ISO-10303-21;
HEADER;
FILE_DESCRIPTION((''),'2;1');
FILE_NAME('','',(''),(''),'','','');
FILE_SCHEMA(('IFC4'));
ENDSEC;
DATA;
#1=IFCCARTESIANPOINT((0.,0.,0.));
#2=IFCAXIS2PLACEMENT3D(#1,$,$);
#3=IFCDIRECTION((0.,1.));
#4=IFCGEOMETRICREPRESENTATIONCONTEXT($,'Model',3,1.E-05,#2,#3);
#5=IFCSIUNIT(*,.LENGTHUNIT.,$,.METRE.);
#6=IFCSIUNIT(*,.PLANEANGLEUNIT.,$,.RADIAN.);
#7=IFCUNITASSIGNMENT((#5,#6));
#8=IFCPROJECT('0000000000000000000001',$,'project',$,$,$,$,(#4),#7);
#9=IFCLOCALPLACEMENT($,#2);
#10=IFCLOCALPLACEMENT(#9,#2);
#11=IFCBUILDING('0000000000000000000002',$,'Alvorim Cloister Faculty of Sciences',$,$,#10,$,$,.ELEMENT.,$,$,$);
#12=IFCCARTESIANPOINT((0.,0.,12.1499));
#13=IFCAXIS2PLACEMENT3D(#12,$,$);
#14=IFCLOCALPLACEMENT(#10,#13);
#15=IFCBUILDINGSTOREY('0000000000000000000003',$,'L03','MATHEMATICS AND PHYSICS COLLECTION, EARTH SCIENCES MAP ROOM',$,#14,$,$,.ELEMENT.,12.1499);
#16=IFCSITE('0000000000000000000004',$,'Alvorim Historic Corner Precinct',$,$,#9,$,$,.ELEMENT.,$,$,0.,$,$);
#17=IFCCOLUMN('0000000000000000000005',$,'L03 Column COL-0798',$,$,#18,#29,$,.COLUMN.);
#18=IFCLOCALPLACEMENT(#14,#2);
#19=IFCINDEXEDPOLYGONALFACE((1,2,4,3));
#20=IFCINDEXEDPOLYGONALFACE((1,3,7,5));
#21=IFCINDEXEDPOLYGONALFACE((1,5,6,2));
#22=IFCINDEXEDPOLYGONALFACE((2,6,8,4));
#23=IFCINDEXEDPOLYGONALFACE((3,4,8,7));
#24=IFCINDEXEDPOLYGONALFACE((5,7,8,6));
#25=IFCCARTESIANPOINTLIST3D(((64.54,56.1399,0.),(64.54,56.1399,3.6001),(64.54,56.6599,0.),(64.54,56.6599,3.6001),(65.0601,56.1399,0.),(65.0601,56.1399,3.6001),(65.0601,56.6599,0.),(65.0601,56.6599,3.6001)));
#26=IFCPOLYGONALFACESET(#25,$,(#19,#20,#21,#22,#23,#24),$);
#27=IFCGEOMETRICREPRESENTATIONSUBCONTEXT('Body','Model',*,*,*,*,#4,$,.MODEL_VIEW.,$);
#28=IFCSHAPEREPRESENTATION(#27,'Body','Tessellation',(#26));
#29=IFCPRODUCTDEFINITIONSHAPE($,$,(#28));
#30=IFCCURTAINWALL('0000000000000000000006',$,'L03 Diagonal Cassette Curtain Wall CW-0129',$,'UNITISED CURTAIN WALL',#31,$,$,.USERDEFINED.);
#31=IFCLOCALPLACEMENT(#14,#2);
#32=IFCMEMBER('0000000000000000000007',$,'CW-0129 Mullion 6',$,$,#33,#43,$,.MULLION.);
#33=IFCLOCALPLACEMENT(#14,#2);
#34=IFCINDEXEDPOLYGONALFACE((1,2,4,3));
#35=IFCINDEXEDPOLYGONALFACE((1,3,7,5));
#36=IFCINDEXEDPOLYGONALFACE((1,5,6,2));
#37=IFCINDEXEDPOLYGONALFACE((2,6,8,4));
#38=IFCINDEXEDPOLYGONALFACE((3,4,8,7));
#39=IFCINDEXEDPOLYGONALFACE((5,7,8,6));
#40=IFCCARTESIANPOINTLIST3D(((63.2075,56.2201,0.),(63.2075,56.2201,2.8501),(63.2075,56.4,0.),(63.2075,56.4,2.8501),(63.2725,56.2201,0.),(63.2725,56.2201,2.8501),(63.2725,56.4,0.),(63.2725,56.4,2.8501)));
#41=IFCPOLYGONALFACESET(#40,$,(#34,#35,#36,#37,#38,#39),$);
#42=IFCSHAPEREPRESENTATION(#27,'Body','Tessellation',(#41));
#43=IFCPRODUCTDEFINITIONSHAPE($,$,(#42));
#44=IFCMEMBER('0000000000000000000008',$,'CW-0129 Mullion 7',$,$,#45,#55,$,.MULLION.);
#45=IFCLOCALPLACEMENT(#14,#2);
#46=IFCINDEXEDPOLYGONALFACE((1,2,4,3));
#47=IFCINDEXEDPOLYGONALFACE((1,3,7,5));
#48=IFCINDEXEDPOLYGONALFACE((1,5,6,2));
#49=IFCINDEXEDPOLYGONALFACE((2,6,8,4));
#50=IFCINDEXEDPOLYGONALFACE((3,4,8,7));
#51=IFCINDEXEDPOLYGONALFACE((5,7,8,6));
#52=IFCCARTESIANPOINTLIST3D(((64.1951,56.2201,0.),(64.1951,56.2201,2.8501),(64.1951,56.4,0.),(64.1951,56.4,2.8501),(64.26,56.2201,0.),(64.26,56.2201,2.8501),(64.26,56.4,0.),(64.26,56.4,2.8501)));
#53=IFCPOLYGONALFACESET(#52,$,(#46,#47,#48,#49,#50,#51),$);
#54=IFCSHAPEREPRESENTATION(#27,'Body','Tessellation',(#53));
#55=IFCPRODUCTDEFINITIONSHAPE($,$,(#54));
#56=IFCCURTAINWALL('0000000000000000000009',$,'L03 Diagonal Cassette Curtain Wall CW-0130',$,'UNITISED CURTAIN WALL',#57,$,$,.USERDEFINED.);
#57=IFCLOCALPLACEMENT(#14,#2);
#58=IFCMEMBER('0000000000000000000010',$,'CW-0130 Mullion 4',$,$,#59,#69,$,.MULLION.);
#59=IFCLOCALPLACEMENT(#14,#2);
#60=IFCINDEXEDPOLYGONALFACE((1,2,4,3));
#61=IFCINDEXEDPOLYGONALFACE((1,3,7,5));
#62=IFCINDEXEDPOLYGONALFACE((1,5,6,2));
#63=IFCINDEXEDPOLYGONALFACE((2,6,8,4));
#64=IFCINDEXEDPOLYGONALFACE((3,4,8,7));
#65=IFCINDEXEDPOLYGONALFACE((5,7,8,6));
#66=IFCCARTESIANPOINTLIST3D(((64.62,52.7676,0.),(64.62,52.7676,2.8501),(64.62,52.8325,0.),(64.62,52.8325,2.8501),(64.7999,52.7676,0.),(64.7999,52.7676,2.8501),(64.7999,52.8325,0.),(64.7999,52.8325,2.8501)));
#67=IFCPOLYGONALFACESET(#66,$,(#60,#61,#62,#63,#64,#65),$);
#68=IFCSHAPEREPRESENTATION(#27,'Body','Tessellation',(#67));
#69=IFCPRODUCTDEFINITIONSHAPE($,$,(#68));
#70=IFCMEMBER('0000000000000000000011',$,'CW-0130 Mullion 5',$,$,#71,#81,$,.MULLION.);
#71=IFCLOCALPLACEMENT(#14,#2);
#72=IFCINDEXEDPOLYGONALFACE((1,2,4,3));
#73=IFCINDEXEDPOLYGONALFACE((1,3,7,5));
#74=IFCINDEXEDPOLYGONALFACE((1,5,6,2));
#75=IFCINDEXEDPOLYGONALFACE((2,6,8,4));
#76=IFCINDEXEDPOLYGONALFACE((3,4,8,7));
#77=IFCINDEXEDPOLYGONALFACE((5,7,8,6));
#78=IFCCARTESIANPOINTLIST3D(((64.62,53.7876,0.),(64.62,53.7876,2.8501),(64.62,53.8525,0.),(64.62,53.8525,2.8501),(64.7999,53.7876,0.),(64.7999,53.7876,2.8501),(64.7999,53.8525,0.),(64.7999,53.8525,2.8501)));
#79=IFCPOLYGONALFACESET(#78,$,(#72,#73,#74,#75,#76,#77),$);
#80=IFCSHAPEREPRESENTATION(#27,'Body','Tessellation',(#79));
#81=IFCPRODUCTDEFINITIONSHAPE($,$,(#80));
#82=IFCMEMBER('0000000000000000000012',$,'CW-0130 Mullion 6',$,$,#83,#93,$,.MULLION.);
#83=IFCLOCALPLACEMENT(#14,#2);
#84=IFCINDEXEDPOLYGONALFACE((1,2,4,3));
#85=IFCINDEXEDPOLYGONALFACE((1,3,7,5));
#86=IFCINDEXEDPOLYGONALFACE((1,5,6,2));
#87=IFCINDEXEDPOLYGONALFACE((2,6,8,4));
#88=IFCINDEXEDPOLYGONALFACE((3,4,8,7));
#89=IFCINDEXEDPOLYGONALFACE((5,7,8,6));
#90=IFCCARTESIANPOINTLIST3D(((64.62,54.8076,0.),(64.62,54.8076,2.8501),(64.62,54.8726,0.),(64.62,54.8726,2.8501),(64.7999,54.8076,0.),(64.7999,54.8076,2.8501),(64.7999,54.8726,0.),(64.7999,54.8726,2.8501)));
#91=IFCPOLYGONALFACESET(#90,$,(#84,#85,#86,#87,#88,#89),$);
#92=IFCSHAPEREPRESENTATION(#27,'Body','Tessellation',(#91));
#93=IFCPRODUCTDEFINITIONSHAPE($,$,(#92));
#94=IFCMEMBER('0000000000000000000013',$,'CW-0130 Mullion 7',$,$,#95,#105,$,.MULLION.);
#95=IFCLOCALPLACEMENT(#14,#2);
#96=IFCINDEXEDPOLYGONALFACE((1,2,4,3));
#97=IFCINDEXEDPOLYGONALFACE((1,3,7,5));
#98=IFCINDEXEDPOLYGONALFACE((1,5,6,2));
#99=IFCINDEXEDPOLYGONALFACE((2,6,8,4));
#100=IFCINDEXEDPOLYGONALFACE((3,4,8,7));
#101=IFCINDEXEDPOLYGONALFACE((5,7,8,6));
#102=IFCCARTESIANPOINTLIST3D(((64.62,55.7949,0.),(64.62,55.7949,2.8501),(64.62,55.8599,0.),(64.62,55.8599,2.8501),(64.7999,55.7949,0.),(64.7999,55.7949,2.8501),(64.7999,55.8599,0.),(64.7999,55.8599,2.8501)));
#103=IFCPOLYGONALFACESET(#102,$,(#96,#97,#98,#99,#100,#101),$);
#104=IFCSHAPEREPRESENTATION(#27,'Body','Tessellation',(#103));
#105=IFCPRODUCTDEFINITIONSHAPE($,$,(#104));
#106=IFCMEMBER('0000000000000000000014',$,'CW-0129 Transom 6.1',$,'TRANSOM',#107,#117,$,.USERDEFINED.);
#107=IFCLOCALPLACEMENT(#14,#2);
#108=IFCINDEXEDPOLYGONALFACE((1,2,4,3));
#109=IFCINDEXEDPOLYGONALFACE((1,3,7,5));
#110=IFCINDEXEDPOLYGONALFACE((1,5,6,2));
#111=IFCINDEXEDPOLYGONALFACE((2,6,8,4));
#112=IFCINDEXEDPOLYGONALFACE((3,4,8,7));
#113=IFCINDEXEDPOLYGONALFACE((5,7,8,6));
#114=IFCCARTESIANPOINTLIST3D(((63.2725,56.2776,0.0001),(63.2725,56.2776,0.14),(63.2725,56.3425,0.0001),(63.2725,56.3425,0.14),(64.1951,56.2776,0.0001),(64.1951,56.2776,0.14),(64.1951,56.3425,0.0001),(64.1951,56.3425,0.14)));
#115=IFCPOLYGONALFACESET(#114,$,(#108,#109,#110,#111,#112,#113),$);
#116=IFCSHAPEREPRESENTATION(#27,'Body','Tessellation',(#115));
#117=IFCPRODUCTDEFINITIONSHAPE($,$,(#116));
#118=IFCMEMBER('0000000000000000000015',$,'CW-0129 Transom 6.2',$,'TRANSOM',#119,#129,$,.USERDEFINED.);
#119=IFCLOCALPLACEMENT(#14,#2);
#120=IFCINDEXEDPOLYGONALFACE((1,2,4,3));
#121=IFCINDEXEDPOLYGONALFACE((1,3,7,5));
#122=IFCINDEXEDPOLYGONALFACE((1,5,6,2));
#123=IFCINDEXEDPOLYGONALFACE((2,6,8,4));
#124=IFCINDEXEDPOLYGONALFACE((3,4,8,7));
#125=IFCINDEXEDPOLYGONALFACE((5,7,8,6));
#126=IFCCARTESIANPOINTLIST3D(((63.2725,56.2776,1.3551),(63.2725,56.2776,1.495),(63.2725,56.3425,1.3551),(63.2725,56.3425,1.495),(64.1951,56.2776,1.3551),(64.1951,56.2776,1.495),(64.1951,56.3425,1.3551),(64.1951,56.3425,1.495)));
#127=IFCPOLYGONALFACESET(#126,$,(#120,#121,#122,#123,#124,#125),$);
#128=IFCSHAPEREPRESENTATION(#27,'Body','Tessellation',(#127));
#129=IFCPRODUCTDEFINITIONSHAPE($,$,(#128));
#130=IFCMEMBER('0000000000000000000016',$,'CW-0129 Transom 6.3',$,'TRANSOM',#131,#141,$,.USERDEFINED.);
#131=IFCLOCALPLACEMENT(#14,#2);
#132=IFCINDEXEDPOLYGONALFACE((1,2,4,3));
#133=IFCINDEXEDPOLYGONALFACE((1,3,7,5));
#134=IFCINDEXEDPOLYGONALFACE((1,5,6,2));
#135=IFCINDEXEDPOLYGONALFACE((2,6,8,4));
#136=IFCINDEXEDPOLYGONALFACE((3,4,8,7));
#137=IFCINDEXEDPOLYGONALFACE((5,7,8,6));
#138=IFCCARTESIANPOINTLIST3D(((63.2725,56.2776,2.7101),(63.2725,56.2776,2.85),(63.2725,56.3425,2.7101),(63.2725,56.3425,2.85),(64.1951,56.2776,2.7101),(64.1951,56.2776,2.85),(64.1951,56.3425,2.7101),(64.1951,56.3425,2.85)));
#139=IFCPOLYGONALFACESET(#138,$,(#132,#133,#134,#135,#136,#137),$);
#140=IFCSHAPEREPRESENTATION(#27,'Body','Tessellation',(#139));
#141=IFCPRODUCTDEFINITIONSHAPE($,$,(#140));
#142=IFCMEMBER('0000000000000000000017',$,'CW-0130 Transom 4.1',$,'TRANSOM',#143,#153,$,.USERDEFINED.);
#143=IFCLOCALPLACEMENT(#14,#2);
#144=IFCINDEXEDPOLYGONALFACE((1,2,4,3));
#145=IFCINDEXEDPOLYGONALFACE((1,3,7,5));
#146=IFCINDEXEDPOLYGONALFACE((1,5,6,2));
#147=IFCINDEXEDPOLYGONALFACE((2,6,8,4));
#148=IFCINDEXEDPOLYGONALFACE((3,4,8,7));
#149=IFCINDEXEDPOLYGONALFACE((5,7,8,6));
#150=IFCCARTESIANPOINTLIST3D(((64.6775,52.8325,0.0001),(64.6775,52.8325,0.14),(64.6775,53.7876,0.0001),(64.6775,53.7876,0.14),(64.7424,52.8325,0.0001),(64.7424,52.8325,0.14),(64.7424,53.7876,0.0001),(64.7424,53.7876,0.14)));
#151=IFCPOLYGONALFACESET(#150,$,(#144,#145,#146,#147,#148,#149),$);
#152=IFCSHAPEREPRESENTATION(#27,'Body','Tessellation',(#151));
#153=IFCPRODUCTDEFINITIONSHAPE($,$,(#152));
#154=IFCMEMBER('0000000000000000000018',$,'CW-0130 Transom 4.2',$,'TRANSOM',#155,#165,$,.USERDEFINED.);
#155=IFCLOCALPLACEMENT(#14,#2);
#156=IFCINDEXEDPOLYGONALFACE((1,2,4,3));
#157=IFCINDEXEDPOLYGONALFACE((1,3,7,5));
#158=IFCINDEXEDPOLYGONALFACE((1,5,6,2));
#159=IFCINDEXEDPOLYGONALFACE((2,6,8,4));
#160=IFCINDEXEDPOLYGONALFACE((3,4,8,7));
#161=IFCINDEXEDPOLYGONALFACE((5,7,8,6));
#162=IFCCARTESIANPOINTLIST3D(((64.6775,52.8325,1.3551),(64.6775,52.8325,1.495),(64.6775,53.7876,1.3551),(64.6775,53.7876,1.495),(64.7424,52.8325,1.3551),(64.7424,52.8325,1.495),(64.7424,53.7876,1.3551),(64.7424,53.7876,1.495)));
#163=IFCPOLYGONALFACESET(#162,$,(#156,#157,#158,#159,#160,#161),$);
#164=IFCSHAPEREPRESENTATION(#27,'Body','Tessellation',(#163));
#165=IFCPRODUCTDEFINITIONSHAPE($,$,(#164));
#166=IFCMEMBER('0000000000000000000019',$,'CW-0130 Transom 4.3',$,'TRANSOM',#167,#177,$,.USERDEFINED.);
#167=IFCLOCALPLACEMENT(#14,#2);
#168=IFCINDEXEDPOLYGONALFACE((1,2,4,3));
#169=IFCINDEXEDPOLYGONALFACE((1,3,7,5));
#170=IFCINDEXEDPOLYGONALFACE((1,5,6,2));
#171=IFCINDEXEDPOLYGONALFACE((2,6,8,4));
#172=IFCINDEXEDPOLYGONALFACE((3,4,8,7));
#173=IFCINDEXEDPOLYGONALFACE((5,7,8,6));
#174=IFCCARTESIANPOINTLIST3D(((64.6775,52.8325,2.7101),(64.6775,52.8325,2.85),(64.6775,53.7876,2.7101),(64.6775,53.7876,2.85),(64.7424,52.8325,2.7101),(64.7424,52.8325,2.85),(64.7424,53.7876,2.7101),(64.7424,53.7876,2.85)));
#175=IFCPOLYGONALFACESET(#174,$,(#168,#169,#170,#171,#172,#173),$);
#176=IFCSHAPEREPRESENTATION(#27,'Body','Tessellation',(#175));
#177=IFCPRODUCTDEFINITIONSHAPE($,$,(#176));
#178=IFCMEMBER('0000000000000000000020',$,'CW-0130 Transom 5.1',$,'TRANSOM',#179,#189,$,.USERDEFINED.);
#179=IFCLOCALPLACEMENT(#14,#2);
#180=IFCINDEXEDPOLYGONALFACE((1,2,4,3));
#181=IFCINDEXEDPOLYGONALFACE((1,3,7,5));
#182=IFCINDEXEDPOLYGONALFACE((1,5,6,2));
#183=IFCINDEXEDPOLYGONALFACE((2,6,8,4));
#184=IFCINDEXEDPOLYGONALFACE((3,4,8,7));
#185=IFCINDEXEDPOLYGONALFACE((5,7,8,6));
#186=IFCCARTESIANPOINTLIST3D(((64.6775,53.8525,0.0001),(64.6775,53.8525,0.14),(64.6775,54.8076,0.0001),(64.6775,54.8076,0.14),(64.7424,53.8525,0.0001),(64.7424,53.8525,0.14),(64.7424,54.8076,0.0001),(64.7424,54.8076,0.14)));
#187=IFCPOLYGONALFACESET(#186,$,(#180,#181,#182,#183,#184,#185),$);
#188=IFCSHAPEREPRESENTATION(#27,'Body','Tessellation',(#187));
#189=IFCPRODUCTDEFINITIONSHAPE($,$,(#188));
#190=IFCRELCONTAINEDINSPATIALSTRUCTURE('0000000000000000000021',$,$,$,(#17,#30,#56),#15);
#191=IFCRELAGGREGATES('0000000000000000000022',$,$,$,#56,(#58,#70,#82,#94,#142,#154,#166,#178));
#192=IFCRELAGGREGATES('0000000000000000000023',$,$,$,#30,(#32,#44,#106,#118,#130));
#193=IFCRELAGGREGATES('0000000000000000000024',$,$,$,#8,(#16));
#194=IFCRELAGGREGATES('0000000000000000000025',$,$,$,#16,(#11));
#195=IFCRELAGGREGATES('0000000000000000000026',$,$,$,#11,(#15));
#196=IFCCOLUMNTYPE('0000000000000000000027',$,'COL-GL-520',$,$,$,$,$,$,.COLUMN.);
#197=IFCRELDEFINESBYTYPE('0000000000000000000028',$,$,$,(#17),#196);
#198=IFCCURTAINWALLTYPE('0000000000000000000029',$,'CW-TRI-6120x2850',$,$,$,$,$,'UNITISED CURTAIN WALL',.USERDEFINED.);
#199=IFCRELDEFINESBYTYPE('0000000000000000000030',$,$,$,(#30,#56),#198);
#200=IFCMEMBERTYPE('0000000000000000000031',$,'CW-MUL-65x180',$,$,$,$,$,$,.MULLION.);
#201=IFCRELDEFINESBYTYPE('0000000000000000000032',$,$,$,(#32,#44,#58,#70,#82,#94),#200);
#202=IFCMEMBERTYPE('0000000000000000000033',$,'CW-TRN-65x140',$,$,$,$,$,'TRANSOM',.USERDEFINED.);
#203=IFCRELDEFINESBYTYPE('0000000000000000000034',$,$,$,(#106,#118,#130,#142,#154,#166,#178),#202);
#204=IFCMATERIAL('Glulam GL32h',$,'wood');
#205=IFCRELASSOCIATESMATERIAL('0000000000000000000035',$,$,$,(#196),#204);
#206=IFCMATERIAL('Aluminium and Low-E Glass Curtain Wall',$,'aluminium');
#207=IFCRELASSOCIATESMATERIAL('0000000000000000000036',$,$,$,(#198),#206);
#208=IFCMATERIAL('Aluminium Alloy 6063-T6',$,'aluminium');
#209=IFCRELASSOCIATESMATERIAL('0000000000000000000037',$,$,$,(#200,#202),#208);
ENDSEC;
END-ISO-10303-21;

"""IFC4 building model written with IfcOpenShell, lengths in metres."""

from ifc_helpers import new_model, si_unit, direction, frame, origin, origin_2d, place, context, subcontext, project, spatial, rectangle, extrude, material, material_profile, profile_set, type_object, element, aggregate, save


model = new_model("IFC4")

# Units and contexts
model_context = context("Model", 3, precision=1e-05, world=origin(), true_north=direction((0.0, 1.0)))
body_context = subcontext(model_context, "Body", "Model", "MODEL_VIEW")
ifc_project = project(units=[si_unit("LENGTHUNIT", "METRE"), si_unit("PLANEANGLEUNIT", "RADIAN")], contexts=[model_context])

# Site, building, storey
site_placement = place(None, origin())
site = spatial("IfcSite", under=ifc_project, at=site_placement, Name="Alvorim Historic Corner Precinct", CompositionType="ELEMENT", RefElevation=0.0)
building_placement = place(site_placement, origin())
building = spatial("IfcBuilding", under=site, at=building_placement, Name="Alvorim Cloister Faculty of Sciences", CompositionType="ELEMENT")
storey_placement = place(building_placement, frame((0.0, 0.0, 12.1499)))
storey = spatial("IfcBuildingStorey", under=building, at=storey_placement, Name="L03", Description="MATHEMATICS AND PHYSICS COLLECTION, EARTH SCIENCES MAP ROOM", CompositionType="ELEMENT", Elevation=12.1499)

# Column
ifc_material_1 = material(Name="Glulam GL32h", Category="wood")
ifc_material_profile_1 = material_profile(ifc_material_1, rectangle(XDim=0.52, YDim=0.52, at=origin_2d()), Name="GL32-COL-520x520")
ifc_profile_set_1 = profile_set([ifc_material_profile_1], Name="Glulam GL32h")
column_type = type_object("IfcColumnType", Name="COL-GL-520", PredefinedType="COLUMN", material=ifc_profile_set_1)
column_placement = place(storey_placement, frame((64.8, 56.3999, 0.0), z_axis=(0.0, 0.0, 1.0), x_axis=(1.0, 0.0, 0.0)))
element("IfcColumn", 1, at=column_placement, inside=storey, type_object=column_type, Name="L03 Column COL-0798", PredefinedType="COLUMN", context=body_context, shape_type="SweptSolid", body=[
    extrude(rectangle(XDim=0.52, YDim=0.52, at=origin_2d()), origin(), (0.0, 0.0, 1.0), 3.6001),
])

# Curtain walls, members
ifc_material_2 = material(Name="Aluminium and Low-E Glass Curtain Wall", Category="aluminium")
curtain_wall_type = type_object("IfcCurtainWallType", Name="CW-TRI-6120x2850", ElementType="UNITISED CURTAIN WALL", PredefinedType="USERDEFINED", material=ifc_material_2)
curtain_wall_1_placement = place(storey_placement, origin())
curtain_wall_1 = element("IfcCurtainWall", 2, at=curtain_wall_1_placement, inside=storey, type_object=curtain_wall_type, Name="L03 Diagonal Cassette Curtain Wall CW-0129", ObjectType="UNITISED CURTAIN WALL", PredefinedType="USERDEFINED")
ifc_material_3 = material(Name="Aluminium Alloy 6063-T6", Category="aluminium")
ifc_material_profile_2 = material_profile(ifc_material_3, rectangle(XDim=0.0649, YDim=0.1799, at=origin_2d()), Name="ALU-MUL-65x180")
ifc_profile_set_2 = profile_set([ifc_material_profile_2], Name="Aluminium Alloy 6063-T6")
member_type_1 = type_object("IfcMemberType", Name="CW-MUL-65x180", PredefinedType="MULLION", material=ifc_profile_set_2)
member_1_placement = place(storey_placement, frame((63.24, 56.3101, 0.0), z_axis=(0.0, 0.0, 1.0), x_axis=(1.0, 0.0, 0.0)))
member_1 = element("IfcMember", 3, at=member_1_placement, type_object=member_type_1, Name="CW-0129 Mullion 6", PredefinedType="MULLION", context=body_context, shape_type="SweptSolid", body=[
    extrude(rectangle(XDim=0.0649, YDim=0.1799, at=origin_2d()), origin(), (0.0, 0.0, 1.0), 2.8501),
])
member_2_placement = place(storey_placement, frame((64.2275, 56.3101, 0.0), z_axis=(0.0, 0.0, 1.0), x_axis=(1.0, 0.0, 0.0)))
member_2 = element("IfcMember", 4, at=member_2_placement, type_object=member_type_1, Name="CW-0129 Mullion 7", PredefinedType="MULLION", context=body_context, shape_type="SweptSolid", body=[
    extrude(rectangle(XDim=0.0649, YDim=0.1799, at=origin_2d()), origin(), (0.0, 0.0, 1.0), 2.8501),
])
curtain_wall_2_placement = place(storey_placement, origin())
curtain_wall_2 = element("IfcCurtainWall", 5, at=curtain_wall_2_placement, inside=storey, type_object=curtain_wall_type, Name="L03 Diagonal Cassette Curtain Wall CW-0130", ObjectType="UNITISED CURTAIN WALL", PredefinedType="USERDEFINED")
member_3_placement = place(storey_placement, frame((64.71, 52.8, 0.0), z_axis=(0.0, 0.0, 1.0), x_axis=(0.0, 1.0, 0.0)))
member_3 = element("IfcMember", 6, at=member_3_placement, type_object=member_type_1, Name="CW-0130 Mullion 4", PredefinedType="MULLION", context=body_context, shape_type="SweptSolid", body=[
    extrude(rectangle(XDim=0.0649, YDim=0.1799, at=origin_2d()), origin(), (0.0, 0.0, 1.0), 2.8501),
])
member_4_placement = place(storey_placement, frame((64.71, 53.8201, 0.0), z_axis=(0.0, 0.0, 1.0), x_axis=(0.0, 1.0, 0.0)))
member_4 = element("IfcMember", 7, at=member_4_placement, type_object=member_type_1, Name="CW-0130 Mullion 5", PredefinedType="MULLION", context=body_context, shape_type="SweptSolid", body=[
    extrude(rectangle(XDim=0.0649, YDim=0.1799, at=origin_2d()), origin(), (0.0, 0.0, 1.0), 2.8501),
])
member_5_placement = place(storey_placement, frame((64.71, 54.8401, 0.0), z_axis=(0.0, 0.0, 1.0), x_axis=(0.0, 1.0, 0.0)))
member_5 = element("IfcMember", 8, at=member_5_placement, type_object=member_type_1, Name="CW-0130 Mullion 6", PredefinedType="MULLION", context=body_context, shape_type="SweptSolid", body=[
    extrude(rectangle(XDim=0.0649, YDim=0.1799, at=origin_2d()), origin(), (0.0, 0.0, 1.0), 2.8501),
])
member_6_placement = place(storey_placement, frame((64.71, 55.8274, 0.0), z_axis=(0.0, 0.0, 1.0), x_axis=(0.0, 1.0, 0.0)))
member_6 = element("IfcMember", 9, at=member_6_placement, type_object=member_type_1, Name="CW-0130 Mullion 7", PredefinedType="MULLION", context=body_context, shape_type="SweptSolid", body=[
    extrude(rectangle(XDim=0.0649, YDim=0.1799, at=origin_2d()), origin(), (0.0, 0.0, 1.0), 2.8501),
])

# Members
ifc_material_profile_3 = material_profile(ifc_material_3, rectangle(XDim=0.0649, YDim=0.1399, at=origin_2d()), Name="ALU-TRN-65x140")
ifc_profile_set_3 = profile_set([ifc_material_profile_3], Name="Aluminium Alloy 6063-T6")
member_type_2 = type_object("IfcMemberType", Name="CW-TRN-65x140", ElementType="TRANSOM", PredefinedType="USERDEFINED", material=ifc_profile_set_3)
member_7_placement = place(storey_placement, frame((63.2725, 56.3101, 0.0701), z_axis=(1.0, 0.0, 0.0), x_axis=(0.0, 1.0, 0.0)))
member_7 = element("IfcMember", 10, at=member_7_placement, type_object=member_type_2, Name="CW-0129 Transom 6.1", ObjectType="TRANSOM", PredefinedType="USERDEFINED", context=body_context, shape_type="SweptSolid", body=[
    extrude(rectangle(XDim=0.0649, YDim=0.1399, at=origin_2d()), origin(), (0.0, 0.0, 1.0), 0.9226),
])
member_8_placement = place(storey_placement, frame((63.2725, 56.3101, 1.425), z_axis=(1.0, 0.0, 0.0), x_axis=(0.0, 1.0, 0.0)))
member_8 = element("IfcMember", 11, at=member_8_placement, type_object=member_type_2, Name="CW-0129 Transom 6.2", ObjectType="TRANSOM", PredefinedType="USERDEFINED", context=body_context, shape_type="SweptSolid", body=[
    extrude(rectangle(XDim=0.0649, YDim=0.1399, at=origin_2d()), origin(), (0.0, 0.0, 1.0), 0.9226),
])
member_9_placement = place(storey_placement, frame((63.2725, 56.3101, 2.78), z_axis=(1.0, 0.0, 0.0), x_axis=(0.0, 1.0, 0.0)))
member_9 = element("IfcMember", 12, at=member_9_placement, type_object=member_type_2, Name="CW-0129 Transom 6.3", ObjectType="TRANSOM", PredefinedType="USERDEFINED", context=body_context, shape_type="SweptSolid", body=[
    extrude(rectangle(XDim=0.0649, YDim=0.1399, at=origin_2d()), origin(), (0.0, 0.0, 1.0), 0.9226),
])
member_10_placement = place(storey_placement, frame((64.71, 52.8325, 0.0701), z_axis=(0.0, 1.0, 0.0), x_axis=(-1.0, 0.0, 0.0)))
member_10 = element("IfcMember", 13, at=member_10_placement, type_object=member_type_2, Name="CW-0130 Transom 4.1", ObjectType="TRANSOM", PredefinedType="USERDEFINED", context=body_context, shape_type="SweptSolid", body=[
    extrude(rectangle(XDim=0.0649, YDim=0.1399, at=origin_2d()), origin(), (0.0, 0.0, 1.0), 0.9551),
])
member_11_placement = place(storey_placement, frame((64.71, 52.8325, 1.425), z_axis=(0.0, 1.0, 0.0), x_axis=(-1.0, 0.0, 0.0)))
member_11 = element("IfcMember", 14, at=member_11_placement, type_object=member_type_2, Name="CW-0130 Transom 4.2", ObjectType="TRANSOM", PredefinedType="USERDEFINED", context=body_context, shape_type="SweptSolid", body=[
    extrude(rectangle(XDim=0.0649, YDim=0.1399, at=origin_2d()), origin(), (0.0, 0.0, 1.0), 0.9551),
])
member_12_placement = place(storey_placement, frame((64.71, 52.8325, 2.78), z_axis=(0.0, 1.0, 0.0), x_axis=(-1.0, 0.0, 0.0)))
member_12 = element("IfcMember", 15, at=member_12_placement, type_object=member_type_2, Name="CW-0130 Transom 4.3", ObjectType="TRANSOM", PredefinedType="USERDEFINED", context=body_context, shape_type="SweptSolid", body=[
    extrude(rectangle(XDim=0.0649, YDim=0.1399, at=origin_2d()), origin(), (0.0, 0.0, 1.0), 0.9551),
])
member_13_placement = place(storey_placement, frame((64.71, 53.8525, 0.0701), z_axis=(0.0, 1.0, 0.0), x_axis=(-1.0, 0.0, 0.0)))
member_13 = element("IfcMember", 16, at=member_13_placement, type_object=member_type_2, Name="CW-0130 Transom 5.1", ObjectType="TRANSOM", PredefinedType="USERDEFINED", context=body_context, shape_type="SweptSolid", body=[
    extrude(rectangle(XDim=0.0649, YDim=0.1399, at=origin_2d()), origin(), (0.0, 0.0, 1.0), 0.9551),
])
aggregate(curtain_wall_2, [member_3, member_4, member_5, member_6, member_10, member_11, member_12, member_13])

aggregate(curtain_wall_1, [member_1, member_2, member_7, member_8, member_9])

save(model, "model.ifc")
